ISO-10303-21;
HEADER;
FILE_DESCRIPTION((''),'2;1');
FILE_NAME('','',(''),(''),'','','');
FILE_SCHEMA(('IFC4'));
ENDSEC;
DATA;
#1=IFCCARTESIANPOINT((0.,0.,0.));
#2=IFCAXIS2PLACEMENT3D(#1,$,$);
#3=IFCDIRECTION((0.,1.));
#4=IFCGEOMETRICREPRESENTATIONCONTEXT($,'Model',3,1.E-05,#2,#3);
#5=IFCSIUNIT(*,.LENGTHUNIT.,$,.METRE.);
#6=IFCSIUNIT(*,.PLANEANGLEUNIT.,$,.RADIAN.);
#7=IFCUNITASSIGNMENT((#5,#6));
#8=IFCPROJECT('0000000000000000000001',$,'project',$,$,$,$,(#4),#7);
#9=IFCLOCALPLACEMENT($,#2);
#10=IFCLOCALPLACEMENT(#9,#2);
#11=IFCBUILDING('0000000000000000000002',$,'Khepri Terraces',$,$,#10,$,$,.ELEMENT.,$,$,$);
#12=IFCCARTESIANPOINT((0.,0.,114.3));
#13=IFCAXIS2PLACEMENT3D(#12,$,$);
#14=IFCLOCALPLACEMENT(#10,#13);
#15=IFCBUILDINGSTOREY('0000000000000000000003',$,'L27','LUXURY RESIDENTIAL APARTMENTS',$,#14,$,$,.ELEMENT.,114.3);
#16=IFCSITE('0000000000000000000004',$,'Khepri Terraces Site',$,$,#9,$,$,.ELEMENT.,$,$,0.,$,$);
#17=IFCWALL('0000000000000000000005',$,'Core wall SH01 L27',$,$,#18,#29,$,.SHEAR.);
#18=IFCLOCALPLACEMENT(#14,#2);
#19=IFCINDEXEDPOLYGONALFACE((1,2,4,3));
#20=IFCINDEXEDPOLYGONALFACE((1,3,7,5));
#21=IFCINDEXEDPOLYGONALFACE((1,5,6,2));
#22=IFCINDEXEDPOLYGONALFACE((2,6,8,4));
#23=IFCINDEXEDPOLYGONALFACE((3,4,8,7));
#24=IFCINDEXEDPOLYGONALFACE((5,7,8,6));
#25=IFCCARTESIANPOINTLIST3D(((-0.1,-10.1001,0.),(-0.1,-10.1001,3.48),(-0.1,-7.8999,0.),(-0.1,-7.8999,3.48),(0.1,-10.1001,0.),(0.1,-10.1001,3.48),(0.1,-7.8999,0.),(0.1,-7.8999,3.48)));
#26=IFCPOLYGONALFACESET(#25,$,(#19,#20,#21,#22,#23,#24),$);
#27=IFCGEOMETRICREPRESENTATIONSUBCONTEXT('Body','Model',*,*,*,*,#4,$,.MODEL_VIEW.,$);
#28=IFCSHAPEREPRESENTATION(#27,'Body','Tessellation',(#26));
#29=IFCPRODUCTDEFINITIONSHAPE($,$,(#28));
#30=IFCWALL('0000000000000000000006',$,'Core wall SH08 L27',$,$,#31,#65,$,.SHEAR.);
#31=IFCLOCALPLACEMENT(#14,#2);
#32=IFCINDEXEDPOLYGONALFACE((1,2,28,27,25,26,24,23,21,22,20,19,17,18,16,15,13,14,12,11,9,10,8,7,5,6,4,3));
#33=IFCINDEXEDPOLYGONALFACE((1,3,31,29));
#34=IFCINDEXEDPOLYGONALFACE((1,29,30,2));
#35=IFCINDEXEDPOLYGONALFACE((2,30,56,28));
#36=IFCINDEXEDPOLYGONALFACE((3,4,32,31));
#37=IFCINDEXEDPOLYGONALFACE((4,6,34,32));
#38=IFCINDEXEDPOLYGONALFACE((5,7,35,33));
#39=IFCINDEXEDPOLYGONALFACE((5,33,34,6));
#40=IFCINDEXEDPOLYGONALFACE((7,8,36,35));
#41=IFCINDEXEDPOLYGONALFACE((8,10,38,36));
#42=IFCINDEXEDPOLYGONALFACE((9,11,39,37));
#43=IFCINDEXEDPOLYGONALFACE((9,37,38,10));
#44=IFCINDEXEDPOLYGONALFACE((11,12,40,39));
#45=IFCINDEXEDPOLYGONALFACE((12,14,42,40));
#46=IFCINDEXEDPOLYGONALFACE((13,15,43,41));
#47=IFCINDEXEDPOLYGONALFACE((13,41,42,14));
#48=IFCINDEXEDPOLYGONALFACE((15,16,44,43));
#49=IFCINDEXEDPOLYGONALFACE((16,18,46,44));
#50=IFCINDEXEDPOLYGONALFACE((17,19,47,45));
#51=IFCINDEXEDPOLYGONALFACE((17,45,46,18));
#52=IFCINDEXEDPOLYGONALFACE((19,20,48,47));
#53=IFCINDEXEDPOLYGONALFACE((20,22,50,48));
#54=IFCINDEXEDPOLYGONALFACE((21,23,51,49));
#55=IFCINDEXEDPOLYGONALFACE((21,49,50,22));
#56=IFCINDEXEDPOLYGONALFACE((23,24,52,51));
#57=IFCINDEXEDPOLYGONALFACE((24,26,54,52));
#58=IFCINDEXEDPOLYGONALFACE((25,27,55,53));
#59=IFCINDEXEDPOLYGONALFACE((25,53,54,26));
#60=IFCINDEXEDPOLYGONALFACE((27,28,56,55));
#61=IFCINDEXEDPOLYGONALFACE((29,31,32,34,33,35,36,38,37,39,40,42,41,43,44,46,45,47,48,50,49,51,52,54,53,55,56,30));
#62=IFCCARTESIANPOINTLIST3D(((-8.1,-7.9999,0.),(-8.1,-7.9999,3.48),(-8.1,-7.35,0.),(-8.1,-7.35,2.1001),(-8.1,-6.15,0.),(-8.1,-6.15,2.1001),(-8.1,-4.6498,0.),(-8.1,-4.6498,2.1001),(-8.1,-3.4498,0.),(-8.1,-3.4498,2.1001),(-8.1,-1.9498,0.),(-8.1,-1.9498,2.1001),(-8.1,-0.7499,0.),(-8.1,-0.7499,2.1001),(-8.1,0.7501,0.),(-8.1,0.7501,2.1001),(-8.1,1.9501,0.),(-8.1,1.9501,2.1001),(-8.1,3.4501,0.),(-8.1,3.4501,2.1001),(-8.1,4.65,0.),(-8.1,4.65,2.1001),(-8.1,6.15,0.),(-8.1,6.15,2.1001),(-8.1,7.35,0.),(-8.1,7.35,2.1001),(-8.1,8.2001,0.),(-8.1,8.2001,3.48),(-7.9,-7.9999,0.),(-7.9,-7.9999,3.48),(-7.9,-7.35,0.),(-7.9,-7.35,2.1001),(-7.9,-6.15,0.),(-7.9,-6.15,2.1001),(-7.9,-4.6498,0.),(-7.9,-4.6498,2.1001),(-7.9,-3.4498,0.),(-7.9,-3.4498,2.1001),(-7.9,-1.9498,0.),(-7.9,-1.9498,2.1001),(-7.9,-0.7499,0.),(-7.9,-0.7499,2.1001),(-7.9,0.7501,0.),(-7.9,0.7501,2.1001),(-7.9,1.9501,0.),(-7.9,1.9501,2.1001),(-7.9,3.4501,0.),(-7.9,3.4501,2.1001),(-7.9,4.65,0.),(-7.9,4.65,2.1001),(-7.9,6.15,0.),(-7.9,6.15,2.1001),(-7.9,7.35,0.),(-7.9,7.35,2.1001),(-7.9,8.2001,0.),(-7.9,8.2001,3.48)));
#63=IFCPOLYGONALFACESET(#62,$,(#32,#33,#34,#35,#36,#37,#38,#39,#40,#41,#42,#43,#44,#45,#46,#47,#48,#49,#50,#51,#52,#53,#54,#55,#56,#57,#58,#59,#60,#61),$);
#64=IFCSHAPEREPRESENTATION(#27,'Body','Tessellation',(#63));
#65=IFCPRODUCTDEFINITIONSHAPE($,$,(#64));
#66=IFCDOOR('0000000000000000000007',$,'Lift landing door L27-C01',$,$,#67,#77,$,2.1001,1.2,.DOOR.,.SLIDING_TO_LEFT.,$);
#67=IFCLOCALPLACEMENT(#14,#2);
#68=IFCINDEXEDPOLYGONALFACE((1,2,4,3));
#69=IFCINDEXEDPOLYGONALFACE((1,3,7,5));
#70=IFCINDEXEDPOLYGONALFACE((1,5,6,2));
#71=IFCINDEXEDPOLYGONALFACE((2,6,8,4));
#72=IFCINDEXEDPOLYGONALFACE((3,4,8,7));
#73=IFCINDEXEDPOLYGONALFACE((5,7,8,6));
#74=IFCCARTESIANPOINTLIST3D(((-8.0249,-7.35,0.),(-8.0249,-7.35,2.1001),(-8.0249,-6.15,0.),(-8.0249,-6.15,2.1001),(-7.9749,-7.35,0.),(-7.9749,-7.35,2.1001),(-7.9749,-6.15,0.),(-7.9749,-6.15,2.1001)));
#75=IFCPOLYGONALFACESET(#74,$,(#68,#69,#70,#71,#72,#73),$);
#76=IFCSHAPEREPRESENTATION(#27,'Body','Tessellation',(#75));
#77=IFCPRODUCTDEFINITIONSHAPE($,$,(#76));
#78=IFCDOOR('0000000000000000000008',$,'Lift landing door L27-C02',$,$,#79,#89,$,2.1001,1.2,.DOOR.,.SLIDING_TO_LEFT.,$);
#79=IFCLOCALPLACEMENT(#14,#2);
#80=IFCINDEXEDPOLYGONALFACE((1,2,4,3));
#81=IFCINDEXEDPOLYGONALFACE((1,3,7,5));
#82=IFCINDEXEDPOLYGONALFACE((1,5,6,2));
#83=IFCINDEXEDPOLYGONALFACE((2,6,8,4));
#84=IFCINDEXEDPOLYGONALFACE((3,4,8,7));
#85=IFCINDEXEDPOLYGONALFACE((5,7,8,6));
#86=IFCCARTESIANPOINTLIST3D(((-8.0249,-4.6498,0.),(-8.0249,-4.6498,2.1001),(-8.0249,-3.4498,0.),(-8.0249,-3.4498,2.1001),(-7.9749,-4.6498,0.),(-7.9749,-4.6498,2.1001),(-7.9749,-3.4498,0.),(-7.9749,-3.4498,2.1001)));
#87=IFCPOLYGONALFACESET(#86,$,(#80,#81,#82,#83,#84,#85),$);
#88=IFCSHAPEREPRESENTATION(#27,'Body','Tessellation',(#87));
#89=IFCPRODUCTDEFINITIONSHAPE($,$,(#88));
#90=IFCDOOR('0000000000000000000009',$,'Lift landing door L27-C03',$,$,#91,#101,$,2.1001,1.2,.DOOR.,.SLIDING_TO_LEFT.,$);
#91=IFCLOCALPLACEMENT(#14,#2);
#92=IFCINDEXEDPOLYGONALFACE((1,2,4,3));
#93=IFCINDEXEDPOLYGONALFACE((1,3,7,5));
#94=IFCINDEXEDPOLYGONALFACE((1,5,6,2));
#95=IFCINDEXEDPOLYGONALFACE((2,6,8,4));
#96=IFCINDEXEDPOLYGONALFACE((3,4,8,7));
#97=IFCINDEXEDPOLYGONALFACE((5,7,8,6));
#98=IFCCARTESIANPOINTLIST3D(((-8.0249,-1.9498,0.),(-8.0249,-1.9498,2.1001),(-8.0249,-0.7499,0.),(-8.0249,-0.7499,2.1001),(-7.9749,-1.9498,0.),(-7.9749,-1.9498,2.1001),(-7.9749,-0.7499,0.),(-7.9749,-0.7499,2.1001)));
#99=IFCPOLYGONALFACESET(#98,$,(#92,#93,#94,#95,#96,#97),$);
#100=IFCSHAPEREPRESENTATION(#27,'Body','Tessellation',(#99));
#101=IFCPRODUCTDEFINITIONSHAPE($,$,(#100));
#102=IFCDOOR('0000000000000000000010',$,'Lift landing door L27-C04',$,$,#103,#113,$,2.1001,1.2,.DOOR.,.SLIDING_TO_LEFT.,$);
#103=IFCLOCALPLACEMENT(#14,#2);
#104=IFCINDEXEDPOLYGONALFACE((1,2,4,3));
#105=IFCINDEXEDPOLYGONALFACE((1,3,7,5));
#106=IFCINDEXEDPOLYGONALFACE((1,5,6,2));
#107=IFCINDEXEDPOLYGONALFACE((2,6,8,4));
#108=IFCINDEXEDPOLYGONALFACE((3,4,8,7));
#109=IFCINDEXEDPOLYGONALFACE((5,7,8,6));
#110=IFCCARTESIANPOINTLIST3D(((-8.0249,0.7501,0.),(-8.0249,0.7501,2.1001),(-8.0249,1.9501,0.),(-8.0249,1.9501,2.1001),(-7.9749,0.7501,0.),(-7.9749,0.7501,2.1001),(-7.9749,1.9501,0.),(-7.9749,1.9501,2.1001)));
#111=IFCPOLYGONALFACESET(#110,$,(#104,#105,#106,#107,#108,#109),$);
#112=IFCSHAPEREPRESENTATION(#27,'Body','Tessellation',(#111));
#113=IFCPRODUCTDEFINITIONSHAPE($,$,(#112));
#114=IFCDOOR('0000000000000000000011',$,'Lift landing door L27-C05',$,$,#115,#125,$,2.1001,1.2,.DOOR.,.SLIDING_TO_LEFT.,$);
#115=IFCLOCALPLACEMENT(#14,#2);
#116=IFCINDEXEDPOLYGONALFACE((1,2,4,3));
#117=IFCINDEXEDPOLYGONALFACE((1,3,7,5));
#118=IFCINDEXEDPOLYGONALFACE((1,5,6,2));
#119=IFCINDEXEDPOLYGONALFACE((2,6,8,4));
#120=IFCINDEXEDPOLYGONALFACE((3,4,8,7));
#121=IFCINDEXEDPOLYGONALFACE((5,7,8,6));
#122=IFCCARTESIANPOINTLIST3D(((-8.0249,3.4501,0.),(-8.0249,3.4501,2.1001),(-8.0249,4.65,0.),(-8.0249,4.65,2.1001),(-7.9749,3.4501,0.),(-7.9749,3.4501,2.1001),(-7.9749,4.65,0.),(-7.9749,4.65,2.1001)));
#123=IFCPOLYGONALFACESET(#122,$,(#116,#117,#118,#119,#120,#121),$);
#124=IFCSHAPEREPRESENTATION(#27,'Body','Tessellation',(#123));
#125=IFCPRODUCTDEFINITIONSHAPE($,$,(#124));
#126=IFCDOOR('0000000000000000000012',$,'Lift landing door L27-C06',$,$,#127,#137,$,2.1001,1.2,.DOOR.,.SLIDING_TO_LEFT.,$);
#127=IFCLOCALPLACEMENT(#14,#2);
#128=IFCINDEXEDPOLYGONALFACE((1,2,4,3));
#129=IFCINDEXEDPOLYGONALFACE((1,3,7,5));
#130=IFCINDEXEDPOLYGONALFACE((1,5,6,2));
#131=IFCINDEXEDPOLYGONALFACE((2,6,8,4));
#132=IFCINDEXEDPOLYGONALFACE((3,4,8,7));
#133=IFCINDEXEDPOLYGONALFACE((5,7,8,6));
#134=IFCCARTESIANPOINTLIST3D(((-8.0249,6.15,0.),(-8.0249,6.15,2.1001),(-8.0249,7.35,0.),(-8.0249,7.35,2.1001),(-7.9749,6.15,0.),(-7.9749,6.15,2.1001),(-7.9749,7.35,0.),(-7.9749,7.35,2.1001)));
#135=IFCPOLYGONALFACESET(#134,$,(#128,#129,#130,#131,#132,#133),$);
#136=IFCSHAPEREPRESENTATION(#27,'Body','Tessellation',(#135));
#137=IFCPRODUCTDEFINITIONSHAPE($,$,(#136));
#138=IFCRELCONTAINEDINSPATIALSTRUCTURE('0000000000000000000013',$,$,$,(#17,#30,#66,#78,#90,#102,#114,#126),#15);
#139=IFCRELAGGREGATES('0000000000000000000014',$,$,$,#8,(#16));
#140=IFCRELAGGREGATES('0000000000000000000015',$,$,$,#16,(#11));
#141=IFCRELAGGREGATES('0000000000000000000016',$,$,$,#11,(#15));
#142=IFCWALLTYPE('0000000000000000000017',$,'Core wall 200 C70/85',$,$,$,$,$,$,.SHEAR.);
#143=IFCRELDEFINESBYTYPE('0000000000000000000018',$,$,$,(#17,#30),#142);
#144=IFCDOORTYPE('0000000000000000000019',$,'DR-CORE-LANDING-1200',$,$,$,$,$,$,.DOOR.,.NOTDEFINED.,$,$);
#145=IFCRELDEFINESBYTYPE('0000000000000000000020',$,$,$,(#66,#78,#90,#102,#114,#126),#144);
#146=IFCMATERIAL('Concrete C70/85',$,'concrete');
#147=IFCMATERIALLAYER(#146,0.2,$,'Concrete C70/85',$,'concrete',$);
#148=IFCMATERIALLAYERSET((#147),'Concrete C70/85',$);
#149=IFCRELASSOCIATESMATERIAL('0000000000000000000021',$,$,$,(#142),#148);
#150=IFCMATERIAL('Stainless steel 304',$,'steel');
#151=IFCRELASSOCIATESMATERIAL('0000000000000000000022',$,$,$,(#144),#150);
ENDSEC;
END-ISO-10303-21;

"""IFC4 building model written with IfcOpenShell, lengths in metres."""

from ifc_helpers import new_model, si_unit, direction, frame, frame_2d, origin, place, context, subcontext, project, spatial, rectangle, extrude, material, layer, layer_set, type_object, element, fill, save


model = new_model("IFC4")

# Units and contexts
model_context = context("Model", 3, precision=1e-05, world=origin(), true_north=direction((0.0, 1.0)))
body_context = subcontext(model_context, "Body", "Model", "MODEL_VIEW")
ifc_project = project(units=[si_unit("LENGTHUNIT", "METRE"), si_unit("PLANEANGLEUNIT", "RADIAN")], contexts=[model_context])

# Site, building, storey
site_placement = place(None, origin())
site = spatial("IfcSite", under=ifc_project, at=site_placement, Name="Khepri Terraces Site", CompositionType="ELEMENT", RefElevation=0.0)
building_placement = place(site_placement, origin())
building = spatial("IfcBuilding", under=site, at=building_placement, Name="Khepri Terraces", CompositionType="ELEMENT")
storey_placement = place(building_placement, frame((0.0, 0.0, 114.3)))
storey = spatial("IfcBuildingStorey", under=building, at=storey_placement, Name="L27", Description="LUXURY RESIDENTIAL APARTMENTS", CompositionType="ELEMENT", Elevation=114.3)

# Shared definitions
ifc_material_1 = material(Name="Concrete C70/85", Category="concrete")
ifc_layer_1 = layer(ifc_material_1, 0.2, Name="Concrete C70/85", Category="concrete")
ifc_layer_set_1 = layer_set([ifc_layer_1], Name="Concrete C70/85")
wall_type_1 = type_object("IfcWallType", Name="Core wall 200 C70/85", PredefinedType="SHEAR", material=ifc_layer_set_1)

# Wall
wall_1_placement = place(storey_placement, frame((0.0, -10.1001, 0.0), z_axis=(0.0, 0.0, 1.0), x_axis=(0.0, 1.0, 0.0)))
element("IfcWall", 1, at=wall_1_placement, inside=storey, type_object=wall_type_1, Name="Core wall SH01 L27", PredefinedType="SHEAR", context=body_context, shape_type="SweptSolid", body=[
    extrude(rectangle(XDim=2.2002, YDim=0.2, at=frame_2d((1.1001, 0.0))), origin(), (0.0, 0.0, 1.0), 3.48),
])

# Wall, openings, doors
wall_2_placement = place(storey_placement, frame((-8.0, -8.0, 0.0), z_axis=(0.0, 0.0, 1.0), x_axis=(0.0, 1.0, 0.0)))
wall_2 = element("IfcWall", 2, at=wall_2_placement, inside=storey, type_object=wall_type_1, Name="Core wall SH08 L27", PredefinedType="SHEAR", context=body_context, shape_type="SweptSolid", body=[
    extrude(rectangle(XDim=16.2, YDim=0.2, at=frame_2d((8.1001, 0.0))), origin(), (0.0, 0.0, 1.0), 3.48),
])
opening_1_placement = place(wall_2_placement, frame((0.6499, 0.0, 0.0)))
opening_1 = element("IfcOpeningElement", 3, at=opening_1_placement, cuts=wall_2, PredefinedType="OPENING", context=body_context, shape_type="SweptSolid", body=[
    extrude(rectangle(XDim=1.2, YDim=2.1001, at=frame_2d((0.6001, 1.05))), frame((0.0, 0.1099, 0.0), z_axis=(0.0, -1.0, 0.0), x_axis=(1.0, 0.0, 0.0)), (0.0, 0.0, 1.0), 0.22),
])
opening_2_placement = place(wall_2_placement, frame((3.3501, 0.0, 0.0)))
opening_2 = element("IfcOpeningElement", 4, at=opening_2_placement, cuts=wall_2, PredefinedType="OPENING", context=body_context, shape_type="SweptSolid", body=[
    extrude(rectangle(XDim=1.2, YDim=2.1001, at=frame_2d((0.6001, 1.05))), frame((0.0, 0.1099, 0.0), z_axis=(0.0, -1.0, 0.0), x_axis=(1.0, 0.0, 0.0)), (0.0, 0.0, 1.0), 0.22),
])
opening_3_placement = place(wall_2_placement, frame((6.05, 0.0, 0.0)))
opening_3 = element("IfcOpeningElement", 5, at=opening_3_placement, cuts=wall_2, PredefinedType="OPENING", context=body_context, shape_type="SweptSolid", body=[
    extrude(rectangle(XDim=1.2, YDim=2.1001, at=frame_2d((0.6001, 1.05))), frame((0.0, 0.1099, 0.0), z_axis=(0.0, -1.0, 0.0), x_axis=(1.0, 0.0, 0.0)), (0.0, 0.0, 1.0), 0.22),
])
opening_4_placement = place(wall_2_placement, frame((8.75, 0.0, 0.0)))
opening_4 = element("IfcOpeningElement", 6, at=opening_4_placement, cuts=wall_2, PredefinedType="OPENING", context=body_context, shape_type="SweptSolid", body=[
    extrude(rectangle(XDim=1.2, YDim=2.1001, at=frame_2d((0.6001, 1.05))), frame((0.0, 0.1099, 0.0), z_axis=(0.0, -1.0, 0.0), x_axis=(1.0, 0.0, 0.0)), (0.0, 0.0, 1.0), 0.22),
])
opening_5_placement = place(wall_2_placement, frame((11.45, 0.0, 0.0)))
opening_5 = element("IfcOpeningElement", 7, at=opening_5_placement, cuts=wall_2, PredefinedType="OPENING", context=body_context, shape_type="SweptSolid", body=[
    extrude(rectangle(XDim=1.2, YDim=2.1001, at=frame_2d((0.6001, 1.05))), frame((0.0, 0.1099, 0.0), z_axis=(0.0, -1.0, 0.0), x_axis=(1.0, 0.0, 0.0)), (0.0, 0.0, 1.0), 0.22),
])
opening_6_placement = place(wall_2_placement, frame((14.1499, 0.0, 0.0)))
opening_6 = element("IfcOpeningElement", 8, at=opening_6_placement, cuts=wall_2, PredefinedType="OPENING", context=body_context, shape_type="SweptSolid", body=[
    extrude(rectangle(XDim=1.2, YDim=2.1001, at=frame_2d((0.6001, 1.05))), frame((0.0, 0.1099, 0.0), z_axis=(0.0, -1.0, 0.0), x_axis=(1.0, 0.0, 0.0)), (0.0, 0.0, 1.0), 0.22),
])
ifc_material_2 = material(Name="Stainless steel 304", Category="steel")
door_type_1 = type_object("IfcDoorType", Name="DR-CORE-LANDING-1200", OperationType="NOTDEFINED", PredefinedType="DOOR", material=ifc_material_2)
door_1_placement = place(opening_1_placement, origin())
door_1 = element("IfcDoor", 9, at=door_1_placement, inside=storey, type_object=door_type_1, Name="Lift landing door L27-C01", OperationType="SLIDING_TO_LEFT", OverallHeight=2.1001, OverallWidth=1.2, PredefinedType="DOOR", context=body_context, shape_type="SweptSolid", body=[
    extrude(rectangle(XDim=1.2, YDim=2.1001, at=frame_2d((0.6001, 1.05))), frame((0.0, 0.0249, 0.0), z_axis=(0.0, -1.0, 0.0), x_axis=(1.0, 0.0, 0.0)), (0.0, 0.0, 1.0), 0.05),
])
fill(opening_1, door_1)
door_2_placement = place(opening_2_placement, origin())
door_2 = element("IfcDoor", 10, at=door_2_placement, inside=storey, type_object=door_type_1, Name="Lift landing door L27-C02", OperationType="SLIDING_TO_LEFT", OverallHeight=2.1001, OverallWidth=1.2, PredefinedType="DOOR", context=body_context, shape_type="SweptSolid", body=[
    extrude(rectangle(XDim=1.2, YDim=2.1001, at=frame_2d((0.6001, 1.05))), frame((0.0, 0.0249, 0.0), z_axis=(0.0, -1.0, 0.0), x_axis=(1.0, 0.0, 0.0)), (0.0, 0.0, 1.0), 0.05),
])
fill(opening_2, door_2)
door_3_placement = place(opening_3_placement, origin())
door_3 = element("IfcDoor", 11, at=door_3_placement, inside=storey, type_object=door_type_1, Name="Lift landing door L27-C03", OperationType="SLIDING_TO_LEFT", OverallHeight=2.1001, OverallWidth=1.2, PredefinedType="DOOR", context=body_context, shape_type="SweptSolid", body=[
    extrude(rectangle(XDim=1.2, YDim=2.1001, at=frame_2d((0.6001, 1.05))), frame((0.0, 0.0249, 0.0), z_axis=(0.0, -1.0, 0.0), x_axis=(1.0, 0.0, 0.0)), (0.0, 0.0, 1.0), 0.05),
])
fill(opening_3, door_3)
door_4_placement = place(opening_4_placement, origin())
door_4 = element("IfcDoor", 12, at=door_4_placement, inside=storey, type_object=door_type_1, Name="Lift landing door L27-C04", OperationType="SLIDING_TO_LEFT", OverallHeight=2.1001, OverallWidth=1.2, PredefinedType="DOOR", context=body_context, shape_type="SweptSolid", body=[
    extrude(rectangle(XDim=1.2, YDim=2.1001, at=frame_2d((0.6001, 1.05))), frame((0.0, 0.0249, 0.0), z_axis=(0.0, -1.0, 0.0), x_axis=(1.0, 0.0, 0.0)), (0.0, 0.0, 1.0), 0.05),
])
fill(opening_4, door_4)
door_5_placement = place(opening_5_placement, origin())
door_5 = element("IfcDoor", 13, at=door_5_placement, inside=storey, type_object=door_type_1, Name="Lift landing door L27-C05", OperationType="SLIDING_TO_LEFT", OverallHeight=2.1001, OverallWidth=1.2, PredefinedType="DOOR", context=body_context, shape_type="SweptSolid", body=[
    extrude(rectangle(XDim=1.2, YDim=2.1001, at=frame_2d((0.6001, 1.05))), frame((0.0, 0.0249, 0.0), z_axis=(0.0, -1.0, 0.0), x_axis=(1.0, 0.0, 0.0)), (0.0, 0.0, 1.0), 0.05),
])
fill(opening_5, door_5)
door_6_placement = place(opening_6_placement, origin())
door_6 = element("IfcDoor", 14, at=door_6_placement, inside=storey, type_object=door_type_1, Name="Lift landing door L27-C06", OperationType="SLIDING_TO_LEFT", OverallHeight=2.1001, OverallWidth=1.2, PredefinedType="DOOR", context=body_context, shape_type="SweptSolid", body=[
    extrude(rectangle(XDim=1.2, YDim=2.1001, at=frame_2d((0.6001, 1.05))), frame((0.0, 0.0249, 0.0), z_axis=(0.0, -1.0, 0.0), x_axis=(1.0, 0.0, 0.0)), (0.0, 0.0, 1.0), 0.05),
])
fill(opening_6, door_6)

save(model, "model.ifc")
